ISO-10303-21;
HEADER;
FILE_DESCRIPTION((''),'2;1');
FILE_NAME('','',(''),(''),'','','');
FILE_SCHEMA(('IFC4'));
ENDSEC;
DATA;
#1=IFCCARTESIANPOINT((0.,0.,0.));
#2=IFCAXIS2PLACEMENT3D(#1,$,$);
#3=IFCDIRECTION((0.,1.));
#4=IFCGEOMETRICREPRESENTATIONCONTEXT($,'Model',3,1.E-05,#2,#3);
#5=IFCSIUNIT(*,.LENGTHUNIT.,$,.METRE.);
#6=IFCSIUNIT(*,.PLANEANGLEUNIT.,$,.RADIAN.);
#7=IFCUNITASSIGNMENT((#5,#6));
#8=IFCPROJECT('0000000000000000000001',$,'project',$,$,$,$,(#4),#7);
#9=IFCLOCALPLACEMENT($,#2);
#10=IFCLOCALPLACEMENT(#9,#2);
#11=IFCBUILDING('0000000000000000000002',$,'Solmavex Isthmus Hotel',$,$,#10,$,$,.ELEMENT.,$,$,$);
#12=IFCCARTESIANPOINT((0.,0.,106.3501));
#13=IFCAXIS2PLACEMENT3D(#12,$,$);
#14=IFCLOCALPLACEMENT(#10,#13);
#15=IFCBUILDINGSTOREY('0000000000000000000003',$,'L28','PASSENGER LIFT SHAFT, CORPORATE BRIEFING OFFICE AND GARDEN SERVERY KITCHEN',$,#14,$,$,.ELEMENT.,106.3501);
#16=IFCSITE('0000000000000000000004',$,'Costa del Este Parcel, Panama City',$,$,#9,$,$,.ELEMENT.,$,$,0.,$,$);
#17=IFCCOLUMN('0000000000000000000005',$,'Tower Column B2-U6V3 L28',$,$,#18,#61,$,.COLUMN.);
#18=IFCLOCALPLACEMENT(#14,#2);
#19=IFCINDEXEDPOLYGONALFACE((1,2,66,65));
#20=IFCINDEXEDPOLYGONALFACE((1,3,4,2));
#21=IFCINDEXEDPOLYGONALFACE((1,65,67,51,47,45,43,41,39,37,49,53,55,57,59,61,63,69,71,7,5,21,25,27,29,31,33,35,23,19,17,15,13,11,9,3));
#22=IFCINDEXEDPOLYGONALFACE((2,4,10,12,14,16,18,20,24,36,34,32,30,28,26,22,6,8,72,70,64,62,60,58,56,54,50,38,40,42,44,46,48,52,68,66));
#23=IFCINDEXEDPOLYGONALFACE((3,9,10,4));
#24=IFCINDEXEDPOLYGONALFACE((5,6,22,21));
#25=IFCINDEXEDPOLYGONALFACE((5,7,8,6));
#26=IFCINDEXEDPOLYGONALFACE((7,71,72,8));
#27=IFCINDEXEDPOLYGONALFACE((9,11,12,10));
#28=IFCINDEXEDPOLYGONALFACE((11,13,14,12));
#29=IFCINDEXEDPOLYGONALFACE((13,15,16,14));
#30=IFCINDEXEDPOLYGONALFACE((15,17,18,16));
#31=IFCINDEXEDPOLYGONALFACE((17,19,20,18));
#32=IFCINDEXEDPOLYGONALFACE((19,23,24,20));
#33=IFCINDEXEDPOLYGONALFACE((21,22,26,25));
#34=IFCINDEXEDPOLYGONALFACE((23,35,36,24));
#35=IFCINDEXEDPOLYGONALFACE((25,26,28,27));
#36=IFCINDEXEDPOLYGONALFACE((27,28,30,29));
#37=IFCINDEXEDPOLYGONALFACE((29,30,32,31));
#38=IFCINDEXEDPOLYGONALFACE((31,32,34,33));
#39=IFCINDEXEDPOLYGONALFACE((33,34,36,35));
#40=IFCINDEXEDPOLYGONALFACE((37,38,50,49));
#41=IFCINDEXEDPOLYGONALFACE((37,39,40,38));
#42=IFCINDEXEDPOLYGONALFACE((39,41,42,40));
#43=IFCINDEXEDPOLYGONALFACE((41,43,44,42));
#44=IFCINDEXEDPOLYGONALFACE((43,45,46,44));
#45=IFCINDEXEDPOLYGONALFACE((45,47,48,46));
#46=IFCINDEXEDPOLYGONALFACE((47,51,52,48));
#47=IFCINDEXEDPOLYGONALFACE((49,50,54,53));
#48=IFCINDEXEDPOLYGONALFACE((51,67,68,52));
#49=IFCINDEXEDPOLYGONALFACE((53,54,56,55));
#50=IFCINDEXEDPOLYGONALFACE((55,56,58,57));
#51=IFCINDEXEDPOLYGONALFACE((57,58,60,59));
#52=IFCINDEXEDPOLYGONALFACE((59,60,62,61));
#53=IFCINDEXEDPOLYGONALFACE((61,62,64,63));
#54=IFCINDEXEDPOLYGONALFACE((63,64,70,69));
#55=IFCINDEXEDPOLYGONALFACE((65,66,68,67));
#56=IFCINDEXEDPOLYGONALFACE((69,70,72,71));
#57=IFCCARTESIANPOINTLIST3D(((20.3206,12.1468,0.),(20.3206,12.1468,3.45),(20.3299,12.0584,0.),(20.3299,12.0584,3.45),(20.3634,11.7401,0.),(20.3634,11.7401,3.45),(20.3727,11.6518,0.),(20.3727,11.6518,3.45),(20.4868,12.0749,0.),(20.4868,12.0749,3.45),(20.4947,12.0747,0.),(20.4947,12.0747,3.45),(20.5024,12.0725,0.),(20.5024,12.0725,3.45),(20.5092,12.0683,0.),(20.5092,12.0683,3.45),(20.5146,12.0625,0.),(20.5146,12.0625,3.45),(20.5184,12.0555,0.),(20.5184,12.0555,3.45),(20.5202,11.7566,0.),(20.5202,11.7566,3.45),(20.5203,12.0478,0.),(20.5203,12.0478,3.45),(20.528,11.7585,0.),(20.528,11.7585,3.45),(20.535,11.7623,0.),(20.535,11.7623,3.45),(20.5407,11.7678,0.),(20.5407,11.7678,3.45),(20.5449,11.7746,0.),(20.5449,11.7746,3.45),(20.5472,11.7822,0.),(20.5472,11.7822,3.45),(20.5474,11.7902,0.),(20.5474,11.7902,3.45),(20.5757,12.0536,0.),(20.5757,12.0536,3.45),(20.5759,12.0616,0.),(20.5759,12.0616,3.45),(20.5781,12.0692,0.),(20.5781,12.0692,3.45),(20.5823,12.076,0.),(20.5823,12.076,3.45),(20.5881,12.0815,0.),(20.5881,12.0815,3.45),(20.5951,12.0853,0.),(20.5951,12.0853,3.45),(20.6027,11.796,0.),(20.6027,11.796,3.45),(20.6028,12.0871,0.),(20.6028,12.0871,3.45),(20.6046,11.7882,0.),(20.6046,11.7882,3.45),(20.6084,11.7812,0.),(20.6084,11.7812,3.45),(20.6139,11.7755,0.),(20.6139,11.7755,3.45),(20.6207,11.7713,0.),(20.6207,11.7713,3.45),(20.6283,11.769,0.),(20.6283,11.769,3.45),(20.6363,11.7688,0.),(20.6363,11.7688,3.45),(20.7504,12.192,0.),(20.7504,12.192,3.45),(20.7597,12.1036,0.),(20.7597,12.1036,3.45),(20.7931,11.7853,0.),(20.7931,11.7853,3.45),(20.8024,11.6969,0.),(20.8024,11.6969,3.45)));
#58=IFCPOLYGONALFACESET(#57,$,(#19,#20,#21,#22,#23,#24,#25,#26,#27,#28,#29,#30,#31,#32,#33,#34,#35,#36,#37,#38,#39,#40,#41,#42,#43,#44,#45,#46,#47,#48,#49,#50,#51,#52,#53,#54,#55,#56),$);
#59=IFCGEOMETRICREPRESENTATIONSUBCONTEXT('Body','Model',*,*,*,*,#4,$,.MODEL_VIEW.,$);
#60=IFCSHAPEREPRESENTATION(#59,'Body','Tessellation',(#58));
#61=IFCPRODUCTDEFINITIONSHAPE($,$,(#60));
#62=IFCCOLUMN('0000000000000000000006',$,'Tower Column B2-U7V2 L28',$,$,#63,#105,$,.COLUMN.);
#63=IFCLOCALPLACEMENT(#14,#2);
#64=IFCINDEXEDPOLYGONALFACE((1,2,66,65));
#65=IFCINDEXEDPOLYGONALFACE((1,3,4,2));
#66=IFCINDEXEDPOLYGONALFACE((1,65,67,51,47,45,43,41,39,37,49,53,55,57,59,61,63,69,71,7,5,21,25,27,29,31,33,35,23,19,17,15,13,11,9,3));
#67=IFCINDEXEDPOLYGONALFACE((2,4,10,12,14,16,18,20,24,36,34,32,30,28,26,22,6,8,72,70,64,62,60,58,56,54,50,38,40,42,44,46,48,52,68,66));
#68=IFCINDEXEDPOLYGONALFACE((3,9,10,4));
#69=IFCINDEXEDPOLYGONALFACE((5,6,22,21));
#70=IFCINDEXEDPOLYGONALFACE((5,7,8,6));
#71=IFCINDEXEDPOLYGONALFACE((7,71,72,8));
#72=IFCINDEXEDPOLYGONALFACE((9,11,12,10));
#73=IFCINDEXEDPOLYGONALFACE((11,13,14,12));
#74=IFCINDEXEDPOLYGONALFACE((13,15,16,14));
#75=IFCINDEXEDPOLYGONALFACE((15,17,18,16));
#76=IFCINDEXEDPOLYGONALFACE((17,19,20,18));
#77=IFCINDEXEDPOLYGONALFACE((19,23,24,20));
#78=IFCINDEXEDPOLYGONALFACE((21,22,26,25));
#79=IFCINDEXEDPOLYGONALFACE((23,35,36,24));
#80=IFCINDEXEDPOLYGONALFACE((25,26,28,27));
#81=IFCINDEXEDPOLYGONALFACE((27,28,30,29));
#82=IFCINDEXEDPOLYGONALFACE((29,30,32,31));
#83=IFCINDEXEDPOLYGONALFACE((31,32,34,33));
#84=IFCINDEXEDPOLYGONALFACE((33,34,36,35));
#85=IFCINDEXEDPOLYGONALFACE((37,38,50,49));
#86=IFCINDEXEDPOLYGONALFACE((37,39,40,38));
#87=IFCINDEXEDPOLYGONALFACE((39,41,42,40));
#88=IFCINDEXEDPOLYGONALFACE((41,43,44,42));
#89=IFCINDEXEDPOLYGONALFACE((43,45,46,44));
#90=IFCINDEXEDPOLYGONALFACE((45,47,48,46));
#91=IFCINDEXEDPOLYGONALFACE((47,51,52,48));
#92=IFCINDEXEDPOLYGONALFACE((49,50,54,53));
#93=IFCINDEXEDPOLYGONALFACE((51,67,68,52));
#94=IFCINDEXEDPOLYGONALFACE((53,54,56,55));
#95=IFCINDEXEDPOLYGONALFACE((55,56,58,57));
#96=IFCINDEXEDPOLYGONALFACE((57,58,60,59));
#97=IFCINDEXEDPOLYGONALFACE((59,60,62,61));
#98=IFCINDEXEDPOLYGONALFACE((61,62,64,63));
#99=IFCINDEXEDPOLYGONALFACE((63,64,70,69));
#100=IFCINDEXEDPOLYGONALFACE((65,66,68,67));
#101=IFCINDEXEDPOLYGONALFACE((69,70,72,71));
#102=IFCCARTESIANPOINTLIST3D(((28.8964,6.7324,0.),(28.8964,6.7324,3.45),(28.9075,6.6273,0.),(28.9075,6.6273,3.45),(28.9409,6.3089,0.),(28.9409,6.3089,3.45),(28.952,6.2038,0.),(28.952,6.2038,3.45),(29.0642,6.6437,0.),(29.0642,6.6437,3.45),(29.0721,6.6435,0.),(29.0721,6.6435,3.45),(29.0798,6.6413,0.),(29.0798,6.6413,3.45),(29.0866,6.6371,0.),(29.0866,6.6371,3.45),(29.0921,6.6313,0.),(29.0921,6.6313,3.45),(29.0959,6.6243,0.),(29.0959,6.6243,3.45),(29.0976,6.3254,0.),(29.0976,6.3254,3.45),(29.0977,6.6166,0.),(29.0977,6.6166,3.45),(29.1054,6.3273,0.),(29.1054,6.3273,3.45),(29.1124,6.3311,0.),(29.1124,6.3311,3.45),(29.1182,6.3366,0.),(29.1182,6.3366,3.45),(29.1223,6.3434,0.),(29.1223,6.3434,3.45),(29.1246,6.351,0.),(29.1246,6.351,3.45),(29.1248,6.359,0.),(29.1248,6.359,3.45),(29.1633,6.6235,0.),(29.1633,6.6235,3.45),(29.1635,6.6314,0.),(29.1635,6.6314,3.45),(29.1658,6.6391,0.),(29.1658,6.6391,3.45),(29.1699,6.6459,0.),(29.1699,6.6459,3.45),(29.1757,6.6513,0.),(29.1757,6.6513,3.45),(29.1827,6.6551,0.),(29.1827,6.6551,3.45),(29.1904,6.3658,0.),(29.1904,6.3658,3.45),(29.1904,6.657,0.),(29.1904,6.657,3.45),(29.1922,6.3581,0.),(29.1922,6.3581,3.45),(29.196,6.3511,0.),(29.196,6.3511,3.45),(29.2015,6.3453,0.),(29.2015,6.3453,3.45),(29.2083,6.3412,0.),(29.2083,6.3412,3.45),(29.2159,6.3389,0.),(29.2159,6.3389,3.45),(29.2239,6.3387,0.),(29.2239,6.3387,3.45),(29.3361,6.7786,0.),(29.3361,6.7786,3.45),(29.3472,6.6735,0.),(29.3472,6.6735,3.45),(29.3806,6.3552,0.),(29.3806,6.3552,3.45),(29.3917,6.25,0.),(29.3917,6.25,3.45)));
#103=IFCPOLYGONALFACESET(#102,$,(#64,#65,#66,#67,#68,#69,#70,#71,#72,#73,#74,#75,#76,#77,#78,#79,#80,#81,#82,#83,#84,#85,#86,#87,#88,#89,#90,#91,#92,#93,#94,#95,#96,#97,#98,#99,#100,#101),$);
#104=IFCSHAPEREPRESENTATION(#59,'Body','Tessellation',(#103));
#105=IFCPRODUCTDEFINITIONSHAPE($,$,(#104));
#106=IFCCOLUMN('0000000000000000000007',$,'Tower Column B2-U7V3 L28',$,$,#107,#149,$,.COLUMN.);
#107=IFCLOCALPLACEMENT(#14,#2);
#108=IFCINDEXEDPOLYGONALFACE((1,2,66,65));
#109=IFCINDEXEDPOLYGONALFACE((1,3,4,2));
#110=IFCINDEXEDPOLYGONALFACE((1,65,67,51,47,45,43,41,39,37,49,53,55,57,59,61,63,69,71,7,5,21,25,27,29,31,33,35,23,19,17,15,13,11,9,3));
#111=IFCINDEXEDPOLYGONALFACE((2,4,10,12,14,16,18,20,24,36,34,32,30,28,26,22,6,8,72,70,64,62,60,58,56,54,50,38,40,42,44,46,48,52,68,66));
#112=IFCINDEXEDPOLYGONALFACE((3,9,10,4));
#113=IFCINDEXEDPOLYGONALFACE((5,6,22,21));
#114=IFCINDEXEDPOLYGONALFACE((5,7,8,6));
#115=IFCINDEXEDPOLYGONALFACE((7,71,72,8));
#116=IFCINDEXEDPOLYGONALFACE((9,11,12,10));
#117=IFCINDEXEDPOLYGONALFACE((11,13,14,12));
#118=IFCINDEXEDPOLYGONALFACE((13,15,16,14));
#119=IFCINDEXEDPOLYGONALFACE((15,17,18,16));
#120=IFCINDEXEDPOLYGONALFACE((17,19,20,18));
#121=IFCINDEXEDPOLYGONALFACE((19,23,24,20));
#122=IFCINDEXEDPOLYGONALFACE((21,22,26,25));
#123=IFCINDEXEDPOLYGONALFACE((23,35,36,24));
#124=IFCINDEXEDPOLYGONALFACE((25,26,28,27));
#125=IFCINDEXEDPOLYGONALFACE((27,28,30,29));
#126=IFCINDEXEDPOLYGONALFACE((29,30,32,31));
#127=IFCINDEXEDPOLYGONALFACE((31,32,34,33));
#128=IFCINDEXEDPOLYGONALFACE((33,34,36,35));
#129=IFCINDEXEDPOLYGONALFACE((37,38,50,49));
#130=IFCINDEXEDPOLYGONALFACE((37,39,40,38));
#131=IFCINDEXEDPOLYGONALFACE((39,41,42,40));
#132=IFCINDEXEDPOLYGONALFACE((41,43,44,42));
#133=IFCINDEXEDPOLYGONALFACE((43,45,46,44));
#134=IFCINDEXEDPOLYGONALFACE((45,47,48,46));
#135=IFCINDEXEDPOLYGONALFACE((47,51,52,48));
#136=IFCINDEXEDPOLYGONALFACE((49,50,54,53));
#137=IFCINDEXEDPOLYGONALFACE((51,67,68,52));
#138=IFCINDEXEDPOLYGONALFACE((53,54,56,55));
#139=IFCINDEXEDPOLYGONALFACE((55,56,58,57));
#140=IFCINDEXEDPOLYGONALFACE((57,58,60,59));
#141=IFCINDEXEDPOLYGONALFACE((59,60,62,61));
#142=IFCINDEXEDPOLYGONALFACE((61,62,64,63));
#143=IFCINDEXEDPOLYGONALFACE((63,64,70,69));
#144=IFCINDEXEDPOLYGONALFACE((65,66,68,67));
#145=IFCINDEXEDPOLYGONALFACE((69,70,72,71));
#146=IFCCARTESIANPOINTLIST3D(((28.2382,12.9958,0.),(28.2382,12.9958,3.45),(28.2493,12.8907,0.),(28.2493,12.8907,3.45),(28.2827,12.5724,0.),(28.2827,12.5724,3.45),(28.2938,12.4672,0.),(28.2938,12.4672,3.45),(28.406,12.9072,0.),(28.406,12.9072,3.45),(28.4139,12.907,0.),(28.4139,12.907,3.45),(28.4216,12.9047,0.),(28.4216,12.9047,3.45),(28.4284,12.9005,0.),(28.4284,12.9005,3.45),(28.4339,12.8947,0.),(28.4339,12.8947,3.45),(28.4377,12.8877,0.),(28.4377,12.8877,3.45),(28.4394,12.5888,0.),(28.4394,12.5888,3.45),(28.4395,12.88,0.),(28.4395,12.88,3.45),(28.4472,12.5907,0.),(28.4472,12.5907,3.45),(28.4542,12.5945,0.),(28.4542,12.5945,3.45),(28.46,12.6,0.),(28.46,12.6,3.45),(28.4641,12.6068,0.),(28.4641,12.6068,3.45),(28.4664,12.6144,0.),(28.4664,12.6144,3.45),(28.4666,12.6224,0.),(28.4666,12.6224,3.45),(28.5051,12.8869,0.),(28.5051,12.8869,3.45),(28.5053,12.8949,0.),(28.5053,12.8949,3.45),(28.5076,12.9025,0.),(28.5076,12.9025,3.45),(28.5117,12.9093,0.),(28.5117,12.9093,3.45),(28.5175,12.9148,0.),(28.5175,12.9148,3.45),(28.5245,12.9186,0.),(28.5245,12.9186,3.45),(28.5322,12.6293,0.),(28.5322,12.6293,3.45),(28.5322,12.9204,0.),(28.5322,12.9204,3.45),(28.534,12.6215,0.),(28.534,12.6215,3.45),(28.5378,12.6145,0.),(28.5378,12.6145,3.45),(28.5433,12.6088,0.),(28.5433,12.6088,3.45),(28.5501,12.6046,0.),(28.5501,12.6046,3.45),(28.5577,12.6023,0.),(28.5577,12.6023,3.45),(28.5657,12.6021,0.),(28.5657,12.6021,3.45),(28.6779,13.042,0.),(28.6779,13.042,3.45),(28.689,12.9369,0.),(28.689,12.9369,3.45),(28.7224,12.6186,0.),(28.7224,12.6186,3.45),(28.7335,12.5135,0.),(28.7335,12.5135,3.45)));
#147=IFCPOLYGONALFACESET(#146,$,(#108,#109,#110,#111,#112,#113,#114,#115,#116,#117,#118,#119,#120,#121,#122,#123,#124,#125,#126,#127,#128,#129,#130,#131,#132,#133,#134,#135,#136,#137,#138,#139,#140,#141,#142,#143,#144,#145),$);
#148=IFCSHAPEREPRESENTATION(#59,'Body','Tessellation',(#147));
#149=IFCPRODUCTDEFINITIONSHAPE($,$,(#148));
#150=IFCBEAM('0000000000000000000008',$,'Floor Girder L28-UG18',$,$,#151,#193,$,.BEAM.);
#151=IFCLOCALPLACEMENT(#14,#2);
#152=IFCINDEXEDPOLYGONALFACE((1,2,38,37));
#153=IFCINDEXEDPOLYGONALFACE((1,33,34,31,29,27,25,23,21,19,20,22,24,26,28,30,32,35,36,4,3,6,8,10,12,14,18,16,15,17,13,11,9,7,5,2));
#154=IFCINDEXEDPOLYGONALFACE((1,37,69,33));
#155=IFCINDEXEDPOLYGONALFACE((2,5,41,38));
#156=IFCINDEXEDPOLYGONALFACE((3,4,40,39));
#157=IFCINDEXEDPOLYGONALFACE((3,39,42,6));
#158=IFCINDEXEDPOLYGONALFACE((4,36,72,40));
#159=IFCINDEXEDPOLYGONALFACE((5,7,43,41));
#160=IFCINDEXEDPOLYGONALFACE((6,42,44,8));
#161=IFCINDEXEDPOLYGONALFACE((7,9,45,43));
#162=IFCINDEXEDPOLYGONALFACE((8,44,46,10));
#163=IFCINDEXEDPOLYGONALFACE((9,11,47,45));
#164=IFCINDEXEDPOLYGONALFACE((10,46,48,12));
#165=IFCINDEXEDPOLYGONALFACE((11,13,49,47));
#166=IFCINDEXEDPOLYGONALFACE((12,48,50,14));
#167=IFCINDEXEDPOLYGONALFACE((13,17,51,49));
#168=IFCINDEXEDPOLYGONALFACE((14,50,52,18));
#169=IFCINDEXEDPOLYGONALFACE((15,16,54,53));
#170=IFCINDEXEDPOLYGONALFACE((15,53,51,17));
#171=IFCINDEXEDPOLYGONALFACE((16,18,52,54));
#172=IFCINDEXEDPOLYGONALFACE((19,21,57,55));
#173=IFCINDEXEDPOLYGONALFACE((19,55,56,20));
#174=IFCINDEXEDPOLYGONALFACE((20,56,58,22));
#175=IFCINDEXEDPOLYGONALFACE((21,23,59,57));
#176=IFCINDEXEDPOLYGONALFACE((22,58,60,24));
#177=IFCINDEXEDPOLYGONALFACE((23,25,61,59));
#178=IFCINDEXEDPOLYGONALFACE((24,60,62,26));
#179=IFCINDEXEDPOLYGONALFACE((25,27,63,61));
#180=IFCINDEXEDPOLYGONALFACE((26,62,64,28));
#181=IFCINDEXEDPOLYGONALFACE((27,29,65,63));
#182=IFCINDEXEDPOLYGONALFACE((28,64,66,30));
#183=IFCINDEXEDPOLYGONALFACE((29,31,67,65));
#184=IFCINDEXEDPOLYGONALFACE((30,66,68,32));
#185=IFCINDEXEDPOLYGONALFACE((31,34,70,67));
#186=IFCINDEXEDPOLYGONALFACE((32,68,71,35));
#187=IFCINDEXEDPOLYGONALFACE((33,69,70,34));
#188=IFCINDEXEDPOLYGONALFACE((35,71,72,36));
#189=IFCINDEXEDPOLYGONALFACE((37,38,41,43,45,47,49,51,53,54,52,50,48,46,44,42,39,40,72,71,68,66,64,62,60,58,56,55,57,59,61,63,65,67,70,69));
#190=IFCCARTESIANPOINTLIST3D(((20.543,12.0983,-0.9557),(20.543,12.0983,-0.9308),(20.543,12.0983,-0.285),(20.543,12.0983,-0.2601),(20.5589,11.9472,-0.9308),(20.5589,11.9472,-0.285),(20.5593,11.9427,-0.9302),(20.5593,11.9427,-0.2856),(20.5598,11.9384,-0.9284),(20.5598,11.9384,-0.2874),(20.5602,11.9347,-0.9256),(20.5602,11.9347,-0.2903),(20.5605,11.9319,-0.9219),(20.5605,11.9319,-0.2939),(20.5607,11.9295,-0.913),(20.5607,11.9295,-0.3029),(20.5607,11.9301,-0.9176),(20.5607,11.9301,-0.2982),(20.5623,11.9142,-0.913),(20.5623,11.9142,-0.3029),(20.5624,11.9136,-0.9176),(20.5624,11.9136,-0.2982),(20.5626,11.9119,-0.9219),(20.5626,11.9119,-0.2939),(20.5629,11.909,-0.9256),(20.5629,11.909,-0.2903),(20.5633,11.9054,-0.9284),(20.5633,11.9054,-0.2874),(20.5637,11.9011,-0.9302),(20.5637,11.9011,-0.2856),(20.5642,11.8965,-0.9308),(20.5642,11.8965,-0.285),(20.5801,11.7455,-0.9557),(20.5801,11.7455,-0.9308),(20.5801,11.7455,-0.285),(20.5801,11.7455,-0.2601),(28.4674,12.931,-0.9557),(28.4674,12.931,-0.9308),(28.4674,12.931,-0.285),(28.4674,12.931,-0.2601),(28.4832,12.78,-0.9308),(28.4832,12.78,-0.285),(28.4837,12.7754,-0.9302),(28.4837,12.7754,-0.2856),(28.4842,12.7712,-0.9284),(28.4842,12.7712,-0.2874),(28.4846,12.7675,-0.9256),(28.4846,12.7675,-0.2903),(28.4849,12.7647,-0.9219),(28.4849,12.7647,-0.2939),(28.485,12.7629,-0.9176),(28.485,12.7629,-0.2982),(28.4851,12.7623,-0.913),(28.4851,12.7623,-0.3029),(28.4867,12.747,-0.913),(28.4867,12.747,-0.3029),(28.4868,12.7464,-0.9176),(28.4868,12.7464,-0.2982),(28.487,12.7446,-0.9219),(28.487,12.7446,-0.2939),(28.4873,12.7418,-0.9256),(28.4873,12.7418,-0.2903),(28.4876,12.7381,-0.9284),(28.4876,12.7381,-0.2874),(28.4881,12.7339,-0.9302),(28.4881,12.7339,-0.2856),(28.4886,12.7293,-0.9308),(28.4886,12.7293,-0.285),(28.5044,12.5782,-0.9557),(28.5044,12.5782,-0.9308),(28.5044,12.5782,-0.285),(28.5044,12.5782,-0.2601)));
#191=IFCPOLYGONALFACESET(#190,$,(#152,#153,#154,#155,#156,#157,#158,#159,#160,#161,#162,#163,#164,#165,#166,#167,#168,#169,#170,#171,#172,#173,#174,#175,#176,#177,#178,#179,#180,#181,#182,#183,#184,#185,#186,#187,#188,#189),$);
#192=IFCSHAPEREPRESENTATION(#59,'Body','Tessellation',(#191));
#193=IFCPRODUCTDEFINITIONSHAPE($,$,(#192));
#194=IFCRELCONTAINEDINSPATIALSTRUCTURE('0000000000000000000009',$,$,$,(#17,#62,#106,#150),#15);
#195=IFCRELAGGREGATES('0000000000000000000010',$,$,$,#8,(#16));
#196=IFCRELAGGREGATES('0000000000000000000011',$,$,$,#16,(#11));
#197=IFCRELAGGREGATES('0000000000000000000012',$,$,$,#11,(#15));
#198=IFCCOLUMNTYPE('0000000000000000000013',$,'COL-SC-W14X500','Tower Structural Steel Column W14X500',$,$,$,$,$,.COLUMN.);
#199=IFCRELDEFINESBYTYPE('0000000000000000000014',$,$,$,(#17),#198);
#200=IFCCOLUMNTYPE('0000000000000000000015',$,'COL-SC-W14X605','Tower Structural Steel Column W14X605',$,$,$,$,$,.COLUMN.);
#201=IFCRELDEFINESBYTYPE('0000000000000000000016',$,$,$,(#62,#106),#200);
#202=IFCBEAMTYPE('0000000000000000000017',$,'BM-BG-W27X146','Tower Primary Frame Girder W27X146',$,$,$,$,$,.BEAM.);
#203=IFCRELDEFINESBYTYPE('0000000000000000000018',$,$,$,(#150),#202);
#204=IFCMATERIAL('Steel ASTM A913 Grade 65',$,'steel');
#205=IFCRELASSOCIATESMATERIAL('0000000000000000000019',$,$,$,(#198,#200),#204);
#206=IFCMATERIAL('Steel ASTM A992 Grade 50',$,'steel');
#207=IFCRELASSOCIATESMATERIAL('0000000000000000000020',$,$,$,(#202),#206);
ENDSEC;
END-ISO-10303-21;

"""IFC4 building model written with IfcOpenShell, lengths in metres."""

from ifc_helpers import new_model, si_unit, direction, frame, origin, origin_2d, place, context, subcontext, project, spatial, i_section, extrude, material, material_profile, profile_set, type_object, element, save


model = new_model("IFC4")

# Units and contexts
model_context = context("Model", 3, precision=1e-05, world=origin(), true_north=direction((0.0, 1.0)))
body_context = subcontext(model_context, "Body", "Model", "MODEL_VIEW")
ifc_project = project(units=[si_unit("LENGTHUNIT", "METRE"), si_unit("PLANEANGLEUNIT", "RADIAN")], contexts=[model_context])

# Site, building, storey
site_placement = place(None, origin())
site = spatial("IfcSite", under=ifc_project, at=site_placement, Name="Costa del Este Parcel, Panama City", CompositionType="ELEMENT", RefElevation=0.0)
building_placement = place(site_placement, origin())
building = spatial("IfcBuilding", under=site, at=building_placement, Name="Solmavex Isthmus Hotel", CompositionType="ELEMENT")
storey_placement = place(building_placement, frame((0.0, 0.0, 106.3501)))
storey = spatial("IfcBuildingStorey", under=building, at=storey_placement, Name="L28", Description="PASSENGER LIFT SHAFT, CORPORATE BRIEFING OFFICE AND GARDEN SERVERY KITCHEN", CompositionType="ELEMENT", Elevation=106.3501)

# Columns
ifc_material_1 = material(Name="Steel ASTM A913 Grade 65", Category="steel")
ifc_material_profile_1 = material_profile(ifc_material_1, i_section(OverallWidth=0.4321, OverallDepth=0.4978, WebThickness=0.0557, FlangeThickness=0.0889, FilletRadius=0.0305, at=origin_2d()), Name="W14X500")
ifc_profile_set_1 = profile_set([ifc_material_profile_1], Name="Steel ASTM A913 Grade 65")
column_type_1 = type_object("IfcColumnType", Name="COL-SC-W14X500", Description="Tower Structural Steel Column W14X500", PredefinedType="COLUMN", material=ifc_profile_set_1)
column_placement = place(storey_placement, frame((20.5615, 11.9219, 0.0), z_axis=(0.0, 0.0, 1.0), x_axis=(0.994522, 0.104528, 0.0)))
element("IfcColumn", 1, at=column_placement, inside=storey, type_object=column_type_1, Name="Tower Column B2-U6V3 L28", PredefinedType="COLUMN", context=body_context, shape_type="SweptSolid", body=[
    extrude(i_section(OverallWidth=0.4321, OverallDepth=0.4978, WebThickness=0.0557, FlangeThickness=0.0889, FilletRadius=0.0305, at=origin_2d()), origin(), (0.0, 0.0, 1.0), 3.45),
])
ifc_material_profile_2 = material_profile(ifc_material_1, i_section(OverallWidth=0.4421, OverallDepth=0.5315, WebThickness=0.0659, FlangeThickness=0.1057, FilletRadius=0.0305, at=origin_2d()), Name="W14X605")
ifc_profile_set_2 = profile_set([ifc_material_profile_2], Name="Steel ASTM A913 Grade 65")
column_type_2 = type_object("IfcColumnType", Name="COL-SC-W14X605", Description="Tower Structural Steel Column W14X605", PredefinedType="COLUMN", material=ifc_profile_set_2)
for number, where, z_axis, x_axis, name in (
    (2, (29.144, 6.4912, 0.0), (0.0, 0.0, 1.0), (0.994522, 0.104528, 0.0), "Tower Column B2-U7V2 L28"),
    (3, (28.4858, 12.7546, 0.0), (0.0, 0.0, 1.0), (0.994522, 0.104528, 0.0), "Tower Column B2-U7V3 L28"),
):
    element("IfcColumn", number, at=place(storey_placement, frame(where, z_axis=z_axis, x_axis=x_axis)), inside=storey, type_object=column_type_2, Name=name, PredefinedType="COLUMN", context=body_context, shape_type="SweptSolid", body=[
        extrude(i_section(OverallWidth=0.4421, OverallDepth=0.5315, WebThickness=0.0659, FlangeThickness=0.1057, FilletRadius=0.0305, at=origin_2d()), origin(), (0.0, 0.0, 1.0), 3.45),
    ])

# Beam
ifc_material_2 = material(Name="Steel ASTM A992 Grade 50", Category="steel")
ifc_material_profile_3 = material_profile(ifc_material_2, i_section(OverallWidth=0.3547, OverallDepth=0.6956, WebThickness=0.0154, FlangeThickness=0.0249, FilletRadius=0.0178, at=origin_2d()), Name="W27X146")
ifc_profile_set_3 = profile_set([ifc_material_profile_3], Name="Steel ASTM A992 Grade 50")
beam_type_1 = type_object("IfcBeamType", Name="BM-BG-W27X146", Description="Tower Primary Frame Girder W27X146", PredefinedType="BEAM", material=ifc_profile_set_3)
beam_1_placement = place(storey_placement, frame((20.5615, 11.9219, -0.6079), z_axis=(0.994523, 0.104514, 0.0), x_axis=(-0.104514, 0.994523, 0.0)))
element("IfcBeam", 4, at=beam_1_placement, inside=storey, type_object=beam_type_1, Name="Floor Girder L28-UG18", PredefinedType="BEAM", context=body_context, shape_type="SweptSolid", body=[
    extrude(i_section(OverallWidth=0.3547, OverallDepth=0.6956, WebThickness=0.0154, FlangeThickness=0.0249, FilletRadius=0.0178, at=origin_2d()), origin(), (0.0, 0.0, 1.0), 7.968),
])

save(model, "model.ifc")
